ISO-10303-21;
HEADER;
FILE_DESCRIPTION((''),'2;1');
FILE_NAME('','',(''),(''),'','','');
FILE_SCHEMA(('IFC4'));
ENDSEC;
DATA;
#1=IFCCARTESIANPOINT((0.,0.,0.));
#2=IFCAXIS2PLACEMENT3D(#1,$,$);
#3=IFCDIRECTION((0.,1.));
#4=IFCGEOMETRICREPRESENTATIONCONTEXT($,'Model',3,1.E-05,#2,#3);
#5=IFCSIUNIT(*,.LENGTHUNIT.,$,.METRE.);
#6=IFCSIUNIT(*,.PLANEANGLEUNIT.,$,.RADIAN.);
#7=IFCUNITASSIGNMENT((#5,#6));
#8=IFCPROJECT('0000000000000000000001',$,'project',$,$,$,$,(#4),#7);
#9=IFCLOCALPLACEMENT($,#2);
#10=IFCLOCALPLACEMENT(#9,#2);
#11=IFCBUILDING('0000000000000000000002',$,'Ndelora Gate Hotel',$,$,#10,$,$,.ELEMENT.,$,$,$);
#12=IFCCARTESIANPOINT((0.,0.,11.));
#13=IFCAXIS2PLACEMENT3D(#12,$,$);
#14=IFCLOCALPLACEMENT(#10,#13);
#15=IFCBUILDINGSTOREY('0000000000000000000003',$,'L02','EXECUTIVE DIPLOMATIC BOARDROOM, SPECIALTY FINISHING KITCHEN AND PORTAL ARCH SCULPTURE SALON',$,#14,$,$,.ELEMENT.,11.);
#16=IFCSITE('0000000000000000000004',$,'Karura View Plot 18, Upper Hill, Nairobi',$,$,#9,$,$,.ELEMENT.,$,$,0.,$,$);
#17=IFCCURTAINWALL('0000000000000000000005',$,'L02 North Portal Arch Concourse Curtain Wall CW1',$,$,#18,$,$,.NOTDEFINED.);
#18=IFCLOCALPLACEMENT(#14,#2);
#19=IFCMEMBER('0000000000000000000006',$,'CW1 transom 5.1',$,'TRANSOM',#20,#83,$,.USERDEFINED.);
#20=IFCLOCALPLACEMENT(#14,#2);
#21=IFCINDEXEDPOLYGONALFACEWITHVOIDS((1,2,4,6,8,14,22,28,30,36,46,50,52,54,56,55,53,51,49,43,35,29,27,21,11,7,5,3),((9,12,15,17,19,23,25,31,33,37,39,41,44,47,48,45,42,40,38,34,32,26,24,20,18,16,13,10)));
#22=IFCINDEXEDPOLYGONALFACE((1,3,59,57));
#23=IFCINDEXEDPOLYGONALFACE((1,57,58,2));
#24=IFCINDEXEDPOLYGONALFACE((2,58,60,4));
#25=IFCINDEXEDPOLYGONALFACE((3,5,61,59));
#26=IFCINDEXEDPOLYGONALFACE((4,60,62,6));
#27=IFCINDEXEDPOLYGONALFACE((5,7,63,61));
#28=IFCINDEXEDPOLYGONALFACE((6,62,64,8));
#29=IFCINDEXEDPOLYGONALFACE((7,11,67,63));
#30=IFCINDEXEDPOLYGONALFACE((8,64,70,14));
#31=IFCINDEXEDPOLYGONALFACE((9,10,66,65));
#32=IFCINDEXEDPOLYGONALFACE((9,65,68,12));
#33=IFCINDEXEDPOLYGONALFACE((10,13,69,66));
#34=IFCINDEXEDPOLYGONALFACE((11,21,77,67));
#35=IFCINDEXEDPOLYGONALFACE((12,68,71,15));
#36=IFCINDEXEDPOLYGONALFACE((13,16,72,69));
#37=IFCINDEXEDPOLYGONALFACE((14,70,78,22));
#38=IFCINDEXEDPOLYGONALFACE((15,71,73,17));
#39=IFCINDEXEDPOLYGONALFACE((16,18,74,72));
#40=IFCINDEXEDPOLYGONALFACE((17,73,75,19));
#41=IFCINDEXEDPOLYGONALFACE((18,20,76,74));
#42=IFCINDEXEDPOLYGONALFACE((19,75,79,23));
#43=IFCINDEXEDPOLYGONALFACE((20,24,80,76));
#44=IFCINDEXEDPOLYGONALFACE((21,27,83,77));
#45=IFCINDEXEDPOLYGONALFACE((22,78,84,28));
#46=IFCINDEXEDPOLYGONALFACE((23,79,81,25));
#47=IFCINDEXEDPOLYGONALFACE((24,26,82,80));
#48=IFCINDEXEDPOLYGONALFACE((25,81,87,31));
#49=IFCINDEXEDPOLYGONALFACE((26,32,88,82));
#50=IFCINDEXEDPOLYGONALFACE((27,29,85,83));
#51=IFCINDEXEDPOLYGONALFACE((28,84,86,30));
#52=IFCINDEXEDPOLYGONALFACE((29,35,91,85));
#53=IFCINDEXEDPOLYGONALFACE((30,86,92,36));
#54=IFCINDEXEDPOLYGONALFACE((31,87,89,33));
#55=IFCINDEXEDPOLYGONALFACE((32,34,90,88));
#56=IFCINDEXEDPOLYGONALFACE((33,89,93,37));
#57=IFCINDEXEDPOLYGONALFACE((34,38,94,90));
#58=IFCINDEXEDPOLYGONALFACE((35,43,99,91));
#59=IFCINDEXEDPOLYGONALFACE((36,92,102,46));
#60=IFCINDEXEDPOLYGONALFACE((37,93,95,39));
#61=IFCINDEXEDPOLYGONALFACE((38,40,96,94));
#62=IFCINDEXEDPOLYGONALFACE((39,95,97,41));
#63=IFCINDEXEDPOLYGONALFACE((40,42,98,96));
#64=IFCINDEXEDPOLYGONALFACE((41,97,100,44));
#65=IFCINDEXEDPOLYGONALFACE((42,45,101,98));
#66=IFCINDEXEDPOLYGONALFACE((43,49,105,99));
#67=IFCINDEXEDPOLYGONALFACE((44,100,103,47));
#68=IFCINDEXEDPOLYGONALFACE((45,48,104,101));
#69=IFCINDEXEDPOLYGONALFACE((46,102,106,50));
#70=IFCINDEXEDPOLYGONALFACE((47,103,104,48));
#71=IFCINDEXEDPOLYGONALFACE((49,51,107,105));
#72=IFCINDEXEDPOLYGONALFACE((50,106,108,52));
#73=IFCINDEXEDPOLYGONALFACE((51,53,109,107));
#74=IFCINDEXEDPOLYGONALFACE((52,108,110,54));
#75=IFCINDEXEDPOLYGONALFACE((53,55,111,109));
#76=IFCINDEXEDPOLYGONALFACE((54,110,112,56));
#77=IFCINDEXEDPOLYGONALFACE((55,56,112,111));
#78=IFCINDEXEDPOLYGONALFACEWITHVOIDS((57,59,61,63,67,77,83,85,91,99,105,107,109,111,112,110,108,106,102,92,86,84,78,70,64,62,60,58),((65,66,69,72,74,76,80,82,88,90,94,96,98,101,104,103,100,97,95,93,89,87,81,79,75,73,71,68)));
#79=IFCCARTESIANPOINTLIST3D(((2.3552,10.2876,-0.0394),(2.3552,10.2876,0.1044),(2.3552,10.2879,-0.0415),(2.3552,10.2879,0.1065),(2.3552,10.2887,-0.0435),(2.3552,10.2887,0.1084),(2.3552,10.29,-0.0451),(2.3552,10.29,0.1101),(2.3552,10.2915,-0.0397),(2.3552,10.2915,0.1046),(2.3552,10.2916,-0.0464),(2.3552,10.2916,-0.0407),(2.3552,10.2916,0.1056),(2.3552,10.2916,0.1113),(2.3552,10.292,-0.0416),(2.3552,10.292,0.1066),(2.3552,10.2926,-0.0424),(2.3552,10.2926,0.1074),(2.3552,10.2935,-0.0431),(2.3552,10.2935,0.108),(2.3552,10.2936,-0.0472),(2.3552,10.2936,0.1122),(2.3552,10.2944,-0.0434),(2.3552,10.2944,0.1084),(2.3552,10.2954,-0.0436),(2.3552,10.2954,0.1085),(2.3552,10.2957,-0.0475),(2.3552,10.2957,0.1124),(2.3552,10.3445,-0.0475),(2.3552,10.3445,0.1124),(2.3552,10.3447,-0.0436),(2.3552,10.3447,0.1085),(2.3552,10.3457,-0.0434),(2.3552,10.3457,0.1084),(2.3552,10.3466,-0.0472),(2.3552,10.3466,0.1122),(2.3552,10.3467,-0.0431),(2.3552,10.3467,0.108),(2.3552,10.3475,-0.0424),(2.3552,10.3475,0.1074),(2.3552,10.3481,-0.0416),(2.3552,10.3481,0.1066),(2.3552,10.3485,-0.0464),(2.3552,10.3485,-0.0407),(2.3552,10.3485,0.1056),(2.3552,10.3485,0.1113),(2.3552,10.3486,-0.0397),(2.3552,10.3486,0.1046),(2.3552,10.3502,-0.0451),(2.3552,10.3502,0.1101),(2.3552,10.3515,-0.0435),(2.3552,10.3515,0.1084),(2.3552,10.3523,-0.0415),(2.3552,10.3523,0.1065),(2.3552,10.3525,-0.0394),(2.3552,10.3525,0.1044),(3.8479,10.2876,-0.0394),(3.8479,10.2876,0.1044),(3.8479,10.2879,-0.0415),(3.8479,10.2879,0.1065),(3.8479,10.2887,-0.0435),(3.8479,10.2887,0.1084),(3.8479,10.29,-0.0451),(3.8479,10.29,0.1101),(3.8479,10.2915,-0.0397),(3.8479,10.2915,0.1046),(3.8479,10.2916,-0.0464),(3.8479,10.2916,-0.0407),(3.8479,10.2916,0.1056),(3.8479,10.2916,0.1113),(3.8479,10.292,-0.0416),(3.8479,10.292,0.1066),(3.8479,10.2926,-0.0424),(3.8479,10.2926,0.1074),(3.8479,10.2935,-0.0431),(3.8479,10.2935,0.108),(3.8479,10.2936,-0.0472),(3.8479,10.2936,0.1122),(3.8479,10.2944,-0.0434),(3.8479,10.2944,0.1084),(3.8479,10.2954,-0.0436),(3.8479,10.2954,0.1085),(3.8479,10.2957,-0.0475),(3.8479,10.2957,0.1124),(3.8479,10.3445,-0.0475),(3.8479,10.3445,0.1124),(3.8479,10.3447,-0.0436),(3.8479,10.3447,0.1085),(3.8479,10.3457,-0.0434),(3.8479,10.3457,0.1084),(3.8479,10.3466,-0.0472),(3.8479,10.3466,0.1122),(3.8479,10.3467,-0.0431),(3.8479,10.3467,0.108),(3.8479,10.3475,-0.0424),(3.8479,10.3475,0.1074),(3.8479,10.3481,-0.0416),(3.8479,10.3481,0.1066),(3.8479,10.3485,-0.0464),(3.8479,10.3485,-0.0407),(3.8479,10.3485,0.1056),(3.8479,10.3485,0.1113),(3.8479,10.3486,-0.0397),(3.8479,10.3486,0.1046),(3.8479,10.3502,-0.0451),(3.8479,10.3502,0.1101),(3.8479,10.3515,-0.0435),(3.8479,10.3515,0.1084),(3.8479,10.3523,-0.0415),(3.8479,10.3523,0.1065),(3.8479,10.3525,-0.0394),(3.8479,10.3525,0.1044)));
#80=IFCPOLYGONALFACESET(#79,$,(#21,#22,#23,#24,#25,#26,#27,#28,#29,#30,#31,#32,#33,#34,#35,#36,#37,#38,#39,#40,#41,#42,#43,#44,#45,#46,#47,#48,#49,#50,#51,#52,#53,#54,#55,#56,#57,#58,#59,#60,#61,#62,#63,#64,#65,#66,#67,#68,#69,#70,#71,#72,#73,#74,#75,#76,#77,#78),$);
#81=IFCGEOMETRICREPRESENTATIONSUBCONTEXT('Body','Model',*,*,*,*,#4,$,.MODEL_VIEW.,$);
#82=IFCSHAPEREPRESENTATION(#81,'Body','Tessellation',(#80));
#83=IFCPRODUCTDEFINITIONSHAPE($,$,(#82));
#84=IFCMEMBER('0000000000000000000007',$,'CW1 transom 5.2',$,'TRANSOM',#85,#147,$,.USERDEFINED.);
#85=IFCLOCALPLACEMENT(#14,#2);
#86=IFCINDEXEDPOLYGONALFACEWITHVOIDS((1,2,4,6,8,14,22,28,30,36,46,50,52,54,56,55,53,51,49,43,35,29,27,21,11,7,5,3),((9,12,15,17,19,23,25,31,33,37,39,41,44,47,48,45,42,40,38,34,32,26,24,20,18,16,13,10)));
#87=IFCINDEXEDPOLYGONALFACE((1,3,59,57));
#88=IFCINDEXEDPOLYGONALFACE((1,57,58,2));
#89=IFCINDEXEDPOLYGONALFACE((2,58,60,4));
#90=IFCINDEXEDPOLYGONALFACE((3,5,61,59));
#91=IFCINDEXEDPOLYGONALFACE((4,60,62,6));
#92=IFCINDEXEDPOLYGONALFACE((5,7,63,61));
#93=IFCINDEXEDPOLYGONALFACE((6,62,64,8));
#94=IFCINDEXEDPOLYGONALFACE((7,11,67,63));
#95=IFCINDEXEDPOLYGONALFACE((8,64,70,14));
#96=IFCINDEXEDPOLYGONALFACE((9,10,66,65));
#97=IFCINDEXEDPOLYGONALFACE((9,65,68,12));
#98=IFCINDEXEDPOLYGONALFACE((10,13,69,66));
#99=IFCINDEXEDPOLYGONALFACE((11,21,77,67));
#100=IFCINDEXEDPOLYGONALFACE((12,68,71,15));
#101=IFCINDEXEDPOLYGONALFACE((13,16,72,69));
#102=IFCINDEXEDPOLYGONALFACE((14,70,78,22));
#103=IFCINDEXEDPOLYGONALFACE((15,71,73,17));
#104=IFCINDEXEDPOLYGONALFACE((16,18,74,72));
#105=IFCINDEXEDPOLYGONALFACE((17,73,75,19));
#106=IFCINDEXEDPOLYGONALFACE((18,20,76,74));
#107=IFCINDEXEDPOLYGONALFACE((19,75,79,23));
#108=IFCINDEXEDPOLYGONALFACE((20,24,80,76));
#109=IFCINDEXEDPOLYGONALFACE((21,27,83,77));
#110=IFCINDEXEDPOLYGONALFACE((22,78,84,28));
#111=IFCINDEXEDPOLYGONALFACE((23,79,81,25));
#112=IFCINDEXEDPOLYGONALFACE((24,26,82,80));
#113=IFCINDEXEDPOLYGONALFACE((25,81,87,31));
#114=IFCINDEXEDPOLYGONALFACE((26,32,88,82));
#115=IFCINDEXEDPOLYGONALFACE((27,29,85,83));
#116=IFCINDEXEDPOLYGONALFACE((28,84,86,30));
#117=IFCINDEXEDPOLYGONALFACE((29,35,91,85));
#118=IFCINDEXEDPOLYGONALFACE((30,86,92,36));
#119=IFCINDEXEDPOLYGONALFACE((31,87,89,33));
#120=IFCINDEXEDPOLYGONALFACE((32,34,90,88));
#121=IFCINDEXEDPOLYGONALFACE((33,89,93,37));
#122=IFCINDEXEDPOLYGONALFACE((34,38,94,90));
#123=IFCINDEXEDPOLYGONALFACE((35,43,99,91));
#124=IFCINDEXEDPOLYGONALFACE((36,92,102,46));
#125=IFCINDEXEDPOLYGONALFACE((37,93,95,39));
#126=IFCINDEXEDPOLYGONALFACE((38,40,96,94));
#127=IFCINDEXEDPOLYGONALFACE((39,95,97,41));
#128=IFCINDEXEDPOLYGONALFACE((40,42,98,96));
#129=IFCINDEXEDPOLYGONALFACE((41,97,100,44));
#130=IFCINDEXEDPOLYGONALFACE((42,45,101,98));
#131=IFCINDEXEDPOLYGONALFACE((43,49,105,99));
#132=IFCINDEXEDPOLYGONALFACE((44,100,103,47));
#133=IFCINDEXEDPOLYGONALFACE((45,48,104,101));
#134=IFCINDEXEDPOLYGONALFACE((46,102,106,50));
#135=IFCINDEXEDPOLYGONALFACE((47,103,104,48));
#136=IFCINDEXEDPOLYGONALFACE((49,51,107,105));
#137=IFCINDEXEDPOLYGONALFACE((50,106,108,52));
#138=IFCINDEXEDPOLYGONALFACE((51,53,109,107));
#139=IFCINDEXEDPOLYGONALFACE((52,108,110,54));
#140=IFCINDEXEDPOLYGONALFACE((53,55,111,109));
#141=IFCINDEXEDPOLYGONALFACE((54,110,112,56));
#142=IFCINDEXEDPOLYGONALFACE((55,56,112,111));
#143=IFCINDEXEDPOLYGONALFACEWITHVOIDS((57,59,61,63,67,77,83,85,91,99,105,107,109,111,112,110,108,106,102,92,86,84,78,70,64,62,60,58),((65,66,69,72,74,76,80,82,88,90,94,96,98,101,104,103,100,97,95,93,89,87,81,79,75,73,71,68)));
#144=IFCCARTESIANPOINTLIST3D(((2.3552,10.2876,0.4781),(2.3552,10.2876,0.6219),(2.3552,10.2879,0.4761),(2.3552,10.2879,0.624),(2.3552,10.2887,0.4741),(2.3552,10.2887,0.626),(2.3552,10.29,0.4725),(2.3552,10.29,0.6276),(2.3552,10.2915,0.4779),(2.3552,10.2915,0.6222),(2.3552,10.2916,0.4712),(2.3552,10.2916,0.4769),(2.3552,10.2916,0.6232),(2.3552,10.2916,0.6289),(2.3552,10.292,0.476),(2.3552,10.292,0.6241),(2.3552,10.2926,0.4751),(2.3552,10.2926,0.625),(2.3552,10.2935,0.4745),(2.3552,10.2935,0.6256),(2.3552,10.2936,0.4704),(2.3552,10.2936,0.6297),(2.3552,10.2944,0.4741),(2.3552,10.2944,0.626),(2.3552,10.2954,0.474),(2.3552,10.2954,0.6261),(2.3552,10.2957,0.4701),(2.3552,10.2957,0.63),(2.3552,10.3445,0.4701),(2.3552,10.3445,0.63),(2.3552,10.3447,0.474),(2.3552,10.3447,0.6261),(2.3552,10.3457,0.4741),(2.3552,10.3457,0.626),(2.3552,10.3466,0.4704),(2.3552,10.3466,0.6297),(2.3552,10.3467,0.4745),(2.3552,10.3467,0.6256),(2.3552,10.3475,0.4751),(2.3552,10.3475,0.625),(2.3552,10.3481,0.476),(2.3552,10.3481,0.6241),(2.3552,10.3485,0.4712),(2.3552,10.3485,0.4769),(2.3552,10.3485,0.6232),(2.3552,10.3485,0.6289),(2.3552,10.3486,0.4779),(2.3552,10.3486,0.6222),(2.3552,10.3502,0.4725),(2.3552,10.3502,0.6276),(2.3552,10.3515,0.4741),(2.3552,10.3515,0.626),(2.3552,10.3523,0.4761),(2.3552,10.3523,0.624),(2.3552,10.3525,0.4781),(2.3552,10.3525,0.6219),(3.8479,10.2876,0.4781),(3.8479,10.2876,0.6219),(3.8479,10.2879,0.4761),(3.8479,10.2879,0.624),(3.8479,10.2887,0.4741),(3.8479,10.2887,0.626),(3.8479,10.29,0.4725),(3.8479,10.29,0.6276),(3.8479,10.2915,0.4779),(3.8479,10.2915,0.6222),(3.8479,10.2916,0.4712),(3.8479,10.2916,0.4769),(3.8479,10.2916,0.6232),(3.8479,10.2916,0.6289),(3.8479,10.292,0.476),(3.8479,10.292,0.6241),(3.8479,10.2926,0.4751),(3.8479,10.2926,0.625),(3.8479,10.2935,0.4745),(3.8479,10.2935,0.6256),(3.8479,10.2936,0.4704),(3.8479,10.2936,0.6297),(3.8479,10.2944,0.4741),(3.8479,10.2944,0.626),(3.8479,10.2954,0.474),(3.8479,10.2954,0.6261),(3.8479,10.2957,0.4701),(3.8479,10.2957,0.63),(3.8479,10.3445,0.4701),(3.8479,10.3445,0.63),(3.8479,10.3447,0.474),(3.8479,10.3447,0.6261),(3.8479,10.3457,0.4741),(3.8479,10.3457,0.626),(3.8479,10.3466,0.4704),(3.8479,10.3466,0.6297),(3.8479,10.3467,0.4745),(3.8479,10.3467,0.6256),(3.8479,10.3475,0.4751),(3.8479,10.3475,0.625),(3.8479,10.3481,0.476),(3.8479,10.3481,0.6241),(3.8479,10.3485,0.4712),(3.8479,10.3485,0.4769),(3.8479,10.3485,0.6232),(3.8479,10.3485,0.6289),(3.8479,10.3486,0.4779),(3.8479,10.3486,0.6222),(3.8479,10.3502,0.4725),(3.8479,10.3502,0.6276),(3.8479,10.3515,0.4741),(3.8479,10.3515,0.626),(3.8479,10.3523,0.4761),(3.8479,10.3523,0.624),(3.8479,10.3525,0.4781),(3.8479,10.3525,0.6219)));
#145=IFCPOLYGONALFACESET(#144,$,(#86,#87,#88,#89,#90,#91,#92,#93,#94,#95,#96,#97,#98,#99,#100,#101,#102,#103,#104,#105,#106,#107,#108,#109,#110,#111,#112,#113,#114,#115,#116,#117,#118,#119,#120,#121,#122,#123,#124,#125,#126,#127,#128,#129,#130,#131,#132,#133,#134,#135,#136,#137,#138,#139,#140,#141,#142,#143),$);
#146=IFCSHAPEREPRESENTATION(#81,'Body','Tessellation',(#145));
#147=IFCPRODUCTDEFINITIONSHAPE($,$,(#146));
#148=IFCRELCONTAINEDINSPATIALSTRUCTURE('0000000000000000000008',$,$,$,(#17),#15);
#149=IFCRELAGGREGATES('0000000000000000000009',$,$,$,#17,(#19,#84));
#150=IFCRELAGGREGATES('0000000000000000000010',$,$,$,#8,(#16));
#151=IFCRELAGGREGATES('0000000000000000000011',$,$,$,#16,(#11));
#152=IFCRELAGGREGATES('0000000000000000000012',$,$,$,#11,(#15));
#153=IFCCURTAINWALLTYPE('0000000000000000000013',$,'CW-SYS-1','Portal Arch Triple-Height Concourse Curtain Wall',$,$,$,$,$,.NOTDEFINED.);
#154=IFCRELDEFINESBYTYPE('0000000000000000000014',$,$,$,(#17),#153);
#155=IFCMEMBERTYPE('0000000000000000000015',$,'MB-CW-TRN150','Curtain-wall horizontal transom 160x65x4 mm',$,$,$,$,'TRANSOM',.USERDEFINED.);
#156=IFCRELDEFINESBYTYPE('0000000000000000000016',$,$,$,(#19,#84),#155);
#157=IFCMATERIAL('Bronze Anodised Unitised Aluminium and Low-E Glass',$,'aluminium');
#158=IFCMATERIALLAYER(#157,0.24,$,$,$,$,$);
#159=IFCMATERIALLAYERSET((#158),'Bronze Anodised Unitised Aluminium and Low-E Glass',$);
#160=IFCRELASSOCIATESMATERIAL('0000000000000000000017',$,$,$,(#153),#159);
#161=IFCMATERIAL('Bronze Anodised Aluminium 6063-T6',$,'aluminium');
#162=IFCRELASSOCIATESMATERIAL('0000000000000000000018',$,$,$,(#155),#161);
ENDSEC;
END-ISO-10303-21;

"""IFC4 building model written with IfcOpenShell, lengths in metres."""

from ifc_helpers import new_model, si_unit, direction, frame, origin, origin_2d, place, context, subcontext, project, spatial, hollow_rectangle, extrude, material, layer, layer_set, material_profile, profile_set, type_object, element, aggregate, save


model = new_model("IFC4")

# Units and contexts
model_context = context("Model", 3, precision=1e-05, world=origin(), true_north=direction((0.0, 1.0)))
body_context = subcontext(model_context, "Body", "Model", "MODEL_VIEW")
ifc_project = project(units=[si_unit("LENGTHUNIT", "METRE"), si_unit("PLANEANGLEUNIT", "RADIAN")], contexts=[model_context])

# Site, building, storey
site_placement = place(None, origin())
site = spatial("IfcSite", under=ifc_project, at=site_placement, Name="Karura View Plot 18, Upper Hill, Nairobi", CompositionType="ELEMENT", RefElevation=0.0)
building_placement = place(site_placement, origin())
building = spatial("IfcBuilding", under=site, at=building_placement, Name="Ndelora Gate Hotel", CompositionType="ELEMENT")
storey_placement = place(building_placement, frame((0.0, 0.0, 11.0)))
storey = spatial("IfcBuildingStorey", under=building, at=storey_placement, Name="L02", Description="EXECUTIVE DIPLOMATIC BOARDROOM, SPECIALTY FINISHING KITCHEN AND PORTAL ARCH SCULPTURE SALON", CompositionType="ELEMENT", Elevation=11.0)

# Curtain wall, members
ifc_material_1 = material(Name="Bronze Anodised Unitised Aluminium and Low-E Glass", Category="aluminium")
ifc_layer_1 = layer(ifc_material_1, 0.24)
ifc_layer_set_1 = layer_set([ifc_layer_1], Name="Bronze Anodised Unitised Aluminium and Low-E Glass")
curtain_wall_type = type_object("IfcCurtainWallType", Name="CW-SYS-1", Description="Portal Arch Triple-Height Concourse Curtain Wall", PredefinedType="NOTDEFINED", material=ifc_layer_set_1)
curtain_wall_placement = place(storey_placement, origin())
curtain_wall = element("IfcCurtainWall", 1, at=curtain_wall_placement, inside=storey, type_object=curtain_wall_type, Name="L02 North Portal Arch Concourse Curtain Wall CW1", PredefinedType="NOTDEFINED")
ifc_material_2 = material(Name="Bronze Anodised Aluminium 6063-T6", Category="aluminium")
ifc_material_profile_1 = material_profile(ifc_material_2, hollow_rectangle(XDim=0.0649, YDim=0.1599, WallThickness=0.0039, InnerFilletRadius=0.0039, OuterFilletRadius=0.0081, at=origin_2d()), Name="ALU 160x65x4")
ifc_profile_set_1 = profile_set([ifc_material_profile_1], Name="Bronze Anodised Aluminium 6063-T6")
member_type_1 = type_object("IfcMemberType", Name="MB-CW-TRN150", Description="Curtain-wall horizontal transom 160x65x4 mm", ElementType="TRANSOM", PredefinedType="USERDEFINED", material=ifc_profile_set_1)
member_1_placement = place(storey_placement, frame((3.8479, 10.3201, 0.0325), z_axis=(-1.0, 0.0, 0.0), x_axis=(0.0, -1.0, 0.0)))
member_1 = element("IfcMember", 2, at=member_1_placement, type_object=member_type_1, Name="CW1 transom 5.1", ObjectType="TRANSOM", PredefinedType="USERDEFINED", context=body_context, shape_type="SweptSolid", body=[
    extrude(hollow_rectangle(XDim=0.0649, YDim=0.1599, WallThickness=0.0039, InnerFilletRadius=0.0039, OuterFilletRadius=0.0081, at=origin_2d()), origin(), (0.0, 0.0, 1.0), 1.4927),
])
member_2_placement = place(storey_placement, frame((3.8479, 10.3201, 0.55), z_axis=(-1.0, 0.0, 0.0), x_axis=(0.0, -1.0, 0.0)))
member_2 = element("IfcMember", 3, at=member_2_placement, type_object=member_type_1, Name="CW1 transom 5.2", ObjectType="TRANSOM", PredefinedType="USERDEFINED", context=body_context, shape_type="SweptSolid", body=[
    extrude(hollow_rectangle(XDim=0.0649, YDim=0.1599, WallThickness=0.0039, InnerFilletRadius=0.0039, OuterFilletRadius=0.0081, at=origin_2d()), origin(), (0.0, 0.0, 1.0), 1.4927),
])
aggregate(curtain_wall, [member_1, member_2])

save(model, "model.ifc")
